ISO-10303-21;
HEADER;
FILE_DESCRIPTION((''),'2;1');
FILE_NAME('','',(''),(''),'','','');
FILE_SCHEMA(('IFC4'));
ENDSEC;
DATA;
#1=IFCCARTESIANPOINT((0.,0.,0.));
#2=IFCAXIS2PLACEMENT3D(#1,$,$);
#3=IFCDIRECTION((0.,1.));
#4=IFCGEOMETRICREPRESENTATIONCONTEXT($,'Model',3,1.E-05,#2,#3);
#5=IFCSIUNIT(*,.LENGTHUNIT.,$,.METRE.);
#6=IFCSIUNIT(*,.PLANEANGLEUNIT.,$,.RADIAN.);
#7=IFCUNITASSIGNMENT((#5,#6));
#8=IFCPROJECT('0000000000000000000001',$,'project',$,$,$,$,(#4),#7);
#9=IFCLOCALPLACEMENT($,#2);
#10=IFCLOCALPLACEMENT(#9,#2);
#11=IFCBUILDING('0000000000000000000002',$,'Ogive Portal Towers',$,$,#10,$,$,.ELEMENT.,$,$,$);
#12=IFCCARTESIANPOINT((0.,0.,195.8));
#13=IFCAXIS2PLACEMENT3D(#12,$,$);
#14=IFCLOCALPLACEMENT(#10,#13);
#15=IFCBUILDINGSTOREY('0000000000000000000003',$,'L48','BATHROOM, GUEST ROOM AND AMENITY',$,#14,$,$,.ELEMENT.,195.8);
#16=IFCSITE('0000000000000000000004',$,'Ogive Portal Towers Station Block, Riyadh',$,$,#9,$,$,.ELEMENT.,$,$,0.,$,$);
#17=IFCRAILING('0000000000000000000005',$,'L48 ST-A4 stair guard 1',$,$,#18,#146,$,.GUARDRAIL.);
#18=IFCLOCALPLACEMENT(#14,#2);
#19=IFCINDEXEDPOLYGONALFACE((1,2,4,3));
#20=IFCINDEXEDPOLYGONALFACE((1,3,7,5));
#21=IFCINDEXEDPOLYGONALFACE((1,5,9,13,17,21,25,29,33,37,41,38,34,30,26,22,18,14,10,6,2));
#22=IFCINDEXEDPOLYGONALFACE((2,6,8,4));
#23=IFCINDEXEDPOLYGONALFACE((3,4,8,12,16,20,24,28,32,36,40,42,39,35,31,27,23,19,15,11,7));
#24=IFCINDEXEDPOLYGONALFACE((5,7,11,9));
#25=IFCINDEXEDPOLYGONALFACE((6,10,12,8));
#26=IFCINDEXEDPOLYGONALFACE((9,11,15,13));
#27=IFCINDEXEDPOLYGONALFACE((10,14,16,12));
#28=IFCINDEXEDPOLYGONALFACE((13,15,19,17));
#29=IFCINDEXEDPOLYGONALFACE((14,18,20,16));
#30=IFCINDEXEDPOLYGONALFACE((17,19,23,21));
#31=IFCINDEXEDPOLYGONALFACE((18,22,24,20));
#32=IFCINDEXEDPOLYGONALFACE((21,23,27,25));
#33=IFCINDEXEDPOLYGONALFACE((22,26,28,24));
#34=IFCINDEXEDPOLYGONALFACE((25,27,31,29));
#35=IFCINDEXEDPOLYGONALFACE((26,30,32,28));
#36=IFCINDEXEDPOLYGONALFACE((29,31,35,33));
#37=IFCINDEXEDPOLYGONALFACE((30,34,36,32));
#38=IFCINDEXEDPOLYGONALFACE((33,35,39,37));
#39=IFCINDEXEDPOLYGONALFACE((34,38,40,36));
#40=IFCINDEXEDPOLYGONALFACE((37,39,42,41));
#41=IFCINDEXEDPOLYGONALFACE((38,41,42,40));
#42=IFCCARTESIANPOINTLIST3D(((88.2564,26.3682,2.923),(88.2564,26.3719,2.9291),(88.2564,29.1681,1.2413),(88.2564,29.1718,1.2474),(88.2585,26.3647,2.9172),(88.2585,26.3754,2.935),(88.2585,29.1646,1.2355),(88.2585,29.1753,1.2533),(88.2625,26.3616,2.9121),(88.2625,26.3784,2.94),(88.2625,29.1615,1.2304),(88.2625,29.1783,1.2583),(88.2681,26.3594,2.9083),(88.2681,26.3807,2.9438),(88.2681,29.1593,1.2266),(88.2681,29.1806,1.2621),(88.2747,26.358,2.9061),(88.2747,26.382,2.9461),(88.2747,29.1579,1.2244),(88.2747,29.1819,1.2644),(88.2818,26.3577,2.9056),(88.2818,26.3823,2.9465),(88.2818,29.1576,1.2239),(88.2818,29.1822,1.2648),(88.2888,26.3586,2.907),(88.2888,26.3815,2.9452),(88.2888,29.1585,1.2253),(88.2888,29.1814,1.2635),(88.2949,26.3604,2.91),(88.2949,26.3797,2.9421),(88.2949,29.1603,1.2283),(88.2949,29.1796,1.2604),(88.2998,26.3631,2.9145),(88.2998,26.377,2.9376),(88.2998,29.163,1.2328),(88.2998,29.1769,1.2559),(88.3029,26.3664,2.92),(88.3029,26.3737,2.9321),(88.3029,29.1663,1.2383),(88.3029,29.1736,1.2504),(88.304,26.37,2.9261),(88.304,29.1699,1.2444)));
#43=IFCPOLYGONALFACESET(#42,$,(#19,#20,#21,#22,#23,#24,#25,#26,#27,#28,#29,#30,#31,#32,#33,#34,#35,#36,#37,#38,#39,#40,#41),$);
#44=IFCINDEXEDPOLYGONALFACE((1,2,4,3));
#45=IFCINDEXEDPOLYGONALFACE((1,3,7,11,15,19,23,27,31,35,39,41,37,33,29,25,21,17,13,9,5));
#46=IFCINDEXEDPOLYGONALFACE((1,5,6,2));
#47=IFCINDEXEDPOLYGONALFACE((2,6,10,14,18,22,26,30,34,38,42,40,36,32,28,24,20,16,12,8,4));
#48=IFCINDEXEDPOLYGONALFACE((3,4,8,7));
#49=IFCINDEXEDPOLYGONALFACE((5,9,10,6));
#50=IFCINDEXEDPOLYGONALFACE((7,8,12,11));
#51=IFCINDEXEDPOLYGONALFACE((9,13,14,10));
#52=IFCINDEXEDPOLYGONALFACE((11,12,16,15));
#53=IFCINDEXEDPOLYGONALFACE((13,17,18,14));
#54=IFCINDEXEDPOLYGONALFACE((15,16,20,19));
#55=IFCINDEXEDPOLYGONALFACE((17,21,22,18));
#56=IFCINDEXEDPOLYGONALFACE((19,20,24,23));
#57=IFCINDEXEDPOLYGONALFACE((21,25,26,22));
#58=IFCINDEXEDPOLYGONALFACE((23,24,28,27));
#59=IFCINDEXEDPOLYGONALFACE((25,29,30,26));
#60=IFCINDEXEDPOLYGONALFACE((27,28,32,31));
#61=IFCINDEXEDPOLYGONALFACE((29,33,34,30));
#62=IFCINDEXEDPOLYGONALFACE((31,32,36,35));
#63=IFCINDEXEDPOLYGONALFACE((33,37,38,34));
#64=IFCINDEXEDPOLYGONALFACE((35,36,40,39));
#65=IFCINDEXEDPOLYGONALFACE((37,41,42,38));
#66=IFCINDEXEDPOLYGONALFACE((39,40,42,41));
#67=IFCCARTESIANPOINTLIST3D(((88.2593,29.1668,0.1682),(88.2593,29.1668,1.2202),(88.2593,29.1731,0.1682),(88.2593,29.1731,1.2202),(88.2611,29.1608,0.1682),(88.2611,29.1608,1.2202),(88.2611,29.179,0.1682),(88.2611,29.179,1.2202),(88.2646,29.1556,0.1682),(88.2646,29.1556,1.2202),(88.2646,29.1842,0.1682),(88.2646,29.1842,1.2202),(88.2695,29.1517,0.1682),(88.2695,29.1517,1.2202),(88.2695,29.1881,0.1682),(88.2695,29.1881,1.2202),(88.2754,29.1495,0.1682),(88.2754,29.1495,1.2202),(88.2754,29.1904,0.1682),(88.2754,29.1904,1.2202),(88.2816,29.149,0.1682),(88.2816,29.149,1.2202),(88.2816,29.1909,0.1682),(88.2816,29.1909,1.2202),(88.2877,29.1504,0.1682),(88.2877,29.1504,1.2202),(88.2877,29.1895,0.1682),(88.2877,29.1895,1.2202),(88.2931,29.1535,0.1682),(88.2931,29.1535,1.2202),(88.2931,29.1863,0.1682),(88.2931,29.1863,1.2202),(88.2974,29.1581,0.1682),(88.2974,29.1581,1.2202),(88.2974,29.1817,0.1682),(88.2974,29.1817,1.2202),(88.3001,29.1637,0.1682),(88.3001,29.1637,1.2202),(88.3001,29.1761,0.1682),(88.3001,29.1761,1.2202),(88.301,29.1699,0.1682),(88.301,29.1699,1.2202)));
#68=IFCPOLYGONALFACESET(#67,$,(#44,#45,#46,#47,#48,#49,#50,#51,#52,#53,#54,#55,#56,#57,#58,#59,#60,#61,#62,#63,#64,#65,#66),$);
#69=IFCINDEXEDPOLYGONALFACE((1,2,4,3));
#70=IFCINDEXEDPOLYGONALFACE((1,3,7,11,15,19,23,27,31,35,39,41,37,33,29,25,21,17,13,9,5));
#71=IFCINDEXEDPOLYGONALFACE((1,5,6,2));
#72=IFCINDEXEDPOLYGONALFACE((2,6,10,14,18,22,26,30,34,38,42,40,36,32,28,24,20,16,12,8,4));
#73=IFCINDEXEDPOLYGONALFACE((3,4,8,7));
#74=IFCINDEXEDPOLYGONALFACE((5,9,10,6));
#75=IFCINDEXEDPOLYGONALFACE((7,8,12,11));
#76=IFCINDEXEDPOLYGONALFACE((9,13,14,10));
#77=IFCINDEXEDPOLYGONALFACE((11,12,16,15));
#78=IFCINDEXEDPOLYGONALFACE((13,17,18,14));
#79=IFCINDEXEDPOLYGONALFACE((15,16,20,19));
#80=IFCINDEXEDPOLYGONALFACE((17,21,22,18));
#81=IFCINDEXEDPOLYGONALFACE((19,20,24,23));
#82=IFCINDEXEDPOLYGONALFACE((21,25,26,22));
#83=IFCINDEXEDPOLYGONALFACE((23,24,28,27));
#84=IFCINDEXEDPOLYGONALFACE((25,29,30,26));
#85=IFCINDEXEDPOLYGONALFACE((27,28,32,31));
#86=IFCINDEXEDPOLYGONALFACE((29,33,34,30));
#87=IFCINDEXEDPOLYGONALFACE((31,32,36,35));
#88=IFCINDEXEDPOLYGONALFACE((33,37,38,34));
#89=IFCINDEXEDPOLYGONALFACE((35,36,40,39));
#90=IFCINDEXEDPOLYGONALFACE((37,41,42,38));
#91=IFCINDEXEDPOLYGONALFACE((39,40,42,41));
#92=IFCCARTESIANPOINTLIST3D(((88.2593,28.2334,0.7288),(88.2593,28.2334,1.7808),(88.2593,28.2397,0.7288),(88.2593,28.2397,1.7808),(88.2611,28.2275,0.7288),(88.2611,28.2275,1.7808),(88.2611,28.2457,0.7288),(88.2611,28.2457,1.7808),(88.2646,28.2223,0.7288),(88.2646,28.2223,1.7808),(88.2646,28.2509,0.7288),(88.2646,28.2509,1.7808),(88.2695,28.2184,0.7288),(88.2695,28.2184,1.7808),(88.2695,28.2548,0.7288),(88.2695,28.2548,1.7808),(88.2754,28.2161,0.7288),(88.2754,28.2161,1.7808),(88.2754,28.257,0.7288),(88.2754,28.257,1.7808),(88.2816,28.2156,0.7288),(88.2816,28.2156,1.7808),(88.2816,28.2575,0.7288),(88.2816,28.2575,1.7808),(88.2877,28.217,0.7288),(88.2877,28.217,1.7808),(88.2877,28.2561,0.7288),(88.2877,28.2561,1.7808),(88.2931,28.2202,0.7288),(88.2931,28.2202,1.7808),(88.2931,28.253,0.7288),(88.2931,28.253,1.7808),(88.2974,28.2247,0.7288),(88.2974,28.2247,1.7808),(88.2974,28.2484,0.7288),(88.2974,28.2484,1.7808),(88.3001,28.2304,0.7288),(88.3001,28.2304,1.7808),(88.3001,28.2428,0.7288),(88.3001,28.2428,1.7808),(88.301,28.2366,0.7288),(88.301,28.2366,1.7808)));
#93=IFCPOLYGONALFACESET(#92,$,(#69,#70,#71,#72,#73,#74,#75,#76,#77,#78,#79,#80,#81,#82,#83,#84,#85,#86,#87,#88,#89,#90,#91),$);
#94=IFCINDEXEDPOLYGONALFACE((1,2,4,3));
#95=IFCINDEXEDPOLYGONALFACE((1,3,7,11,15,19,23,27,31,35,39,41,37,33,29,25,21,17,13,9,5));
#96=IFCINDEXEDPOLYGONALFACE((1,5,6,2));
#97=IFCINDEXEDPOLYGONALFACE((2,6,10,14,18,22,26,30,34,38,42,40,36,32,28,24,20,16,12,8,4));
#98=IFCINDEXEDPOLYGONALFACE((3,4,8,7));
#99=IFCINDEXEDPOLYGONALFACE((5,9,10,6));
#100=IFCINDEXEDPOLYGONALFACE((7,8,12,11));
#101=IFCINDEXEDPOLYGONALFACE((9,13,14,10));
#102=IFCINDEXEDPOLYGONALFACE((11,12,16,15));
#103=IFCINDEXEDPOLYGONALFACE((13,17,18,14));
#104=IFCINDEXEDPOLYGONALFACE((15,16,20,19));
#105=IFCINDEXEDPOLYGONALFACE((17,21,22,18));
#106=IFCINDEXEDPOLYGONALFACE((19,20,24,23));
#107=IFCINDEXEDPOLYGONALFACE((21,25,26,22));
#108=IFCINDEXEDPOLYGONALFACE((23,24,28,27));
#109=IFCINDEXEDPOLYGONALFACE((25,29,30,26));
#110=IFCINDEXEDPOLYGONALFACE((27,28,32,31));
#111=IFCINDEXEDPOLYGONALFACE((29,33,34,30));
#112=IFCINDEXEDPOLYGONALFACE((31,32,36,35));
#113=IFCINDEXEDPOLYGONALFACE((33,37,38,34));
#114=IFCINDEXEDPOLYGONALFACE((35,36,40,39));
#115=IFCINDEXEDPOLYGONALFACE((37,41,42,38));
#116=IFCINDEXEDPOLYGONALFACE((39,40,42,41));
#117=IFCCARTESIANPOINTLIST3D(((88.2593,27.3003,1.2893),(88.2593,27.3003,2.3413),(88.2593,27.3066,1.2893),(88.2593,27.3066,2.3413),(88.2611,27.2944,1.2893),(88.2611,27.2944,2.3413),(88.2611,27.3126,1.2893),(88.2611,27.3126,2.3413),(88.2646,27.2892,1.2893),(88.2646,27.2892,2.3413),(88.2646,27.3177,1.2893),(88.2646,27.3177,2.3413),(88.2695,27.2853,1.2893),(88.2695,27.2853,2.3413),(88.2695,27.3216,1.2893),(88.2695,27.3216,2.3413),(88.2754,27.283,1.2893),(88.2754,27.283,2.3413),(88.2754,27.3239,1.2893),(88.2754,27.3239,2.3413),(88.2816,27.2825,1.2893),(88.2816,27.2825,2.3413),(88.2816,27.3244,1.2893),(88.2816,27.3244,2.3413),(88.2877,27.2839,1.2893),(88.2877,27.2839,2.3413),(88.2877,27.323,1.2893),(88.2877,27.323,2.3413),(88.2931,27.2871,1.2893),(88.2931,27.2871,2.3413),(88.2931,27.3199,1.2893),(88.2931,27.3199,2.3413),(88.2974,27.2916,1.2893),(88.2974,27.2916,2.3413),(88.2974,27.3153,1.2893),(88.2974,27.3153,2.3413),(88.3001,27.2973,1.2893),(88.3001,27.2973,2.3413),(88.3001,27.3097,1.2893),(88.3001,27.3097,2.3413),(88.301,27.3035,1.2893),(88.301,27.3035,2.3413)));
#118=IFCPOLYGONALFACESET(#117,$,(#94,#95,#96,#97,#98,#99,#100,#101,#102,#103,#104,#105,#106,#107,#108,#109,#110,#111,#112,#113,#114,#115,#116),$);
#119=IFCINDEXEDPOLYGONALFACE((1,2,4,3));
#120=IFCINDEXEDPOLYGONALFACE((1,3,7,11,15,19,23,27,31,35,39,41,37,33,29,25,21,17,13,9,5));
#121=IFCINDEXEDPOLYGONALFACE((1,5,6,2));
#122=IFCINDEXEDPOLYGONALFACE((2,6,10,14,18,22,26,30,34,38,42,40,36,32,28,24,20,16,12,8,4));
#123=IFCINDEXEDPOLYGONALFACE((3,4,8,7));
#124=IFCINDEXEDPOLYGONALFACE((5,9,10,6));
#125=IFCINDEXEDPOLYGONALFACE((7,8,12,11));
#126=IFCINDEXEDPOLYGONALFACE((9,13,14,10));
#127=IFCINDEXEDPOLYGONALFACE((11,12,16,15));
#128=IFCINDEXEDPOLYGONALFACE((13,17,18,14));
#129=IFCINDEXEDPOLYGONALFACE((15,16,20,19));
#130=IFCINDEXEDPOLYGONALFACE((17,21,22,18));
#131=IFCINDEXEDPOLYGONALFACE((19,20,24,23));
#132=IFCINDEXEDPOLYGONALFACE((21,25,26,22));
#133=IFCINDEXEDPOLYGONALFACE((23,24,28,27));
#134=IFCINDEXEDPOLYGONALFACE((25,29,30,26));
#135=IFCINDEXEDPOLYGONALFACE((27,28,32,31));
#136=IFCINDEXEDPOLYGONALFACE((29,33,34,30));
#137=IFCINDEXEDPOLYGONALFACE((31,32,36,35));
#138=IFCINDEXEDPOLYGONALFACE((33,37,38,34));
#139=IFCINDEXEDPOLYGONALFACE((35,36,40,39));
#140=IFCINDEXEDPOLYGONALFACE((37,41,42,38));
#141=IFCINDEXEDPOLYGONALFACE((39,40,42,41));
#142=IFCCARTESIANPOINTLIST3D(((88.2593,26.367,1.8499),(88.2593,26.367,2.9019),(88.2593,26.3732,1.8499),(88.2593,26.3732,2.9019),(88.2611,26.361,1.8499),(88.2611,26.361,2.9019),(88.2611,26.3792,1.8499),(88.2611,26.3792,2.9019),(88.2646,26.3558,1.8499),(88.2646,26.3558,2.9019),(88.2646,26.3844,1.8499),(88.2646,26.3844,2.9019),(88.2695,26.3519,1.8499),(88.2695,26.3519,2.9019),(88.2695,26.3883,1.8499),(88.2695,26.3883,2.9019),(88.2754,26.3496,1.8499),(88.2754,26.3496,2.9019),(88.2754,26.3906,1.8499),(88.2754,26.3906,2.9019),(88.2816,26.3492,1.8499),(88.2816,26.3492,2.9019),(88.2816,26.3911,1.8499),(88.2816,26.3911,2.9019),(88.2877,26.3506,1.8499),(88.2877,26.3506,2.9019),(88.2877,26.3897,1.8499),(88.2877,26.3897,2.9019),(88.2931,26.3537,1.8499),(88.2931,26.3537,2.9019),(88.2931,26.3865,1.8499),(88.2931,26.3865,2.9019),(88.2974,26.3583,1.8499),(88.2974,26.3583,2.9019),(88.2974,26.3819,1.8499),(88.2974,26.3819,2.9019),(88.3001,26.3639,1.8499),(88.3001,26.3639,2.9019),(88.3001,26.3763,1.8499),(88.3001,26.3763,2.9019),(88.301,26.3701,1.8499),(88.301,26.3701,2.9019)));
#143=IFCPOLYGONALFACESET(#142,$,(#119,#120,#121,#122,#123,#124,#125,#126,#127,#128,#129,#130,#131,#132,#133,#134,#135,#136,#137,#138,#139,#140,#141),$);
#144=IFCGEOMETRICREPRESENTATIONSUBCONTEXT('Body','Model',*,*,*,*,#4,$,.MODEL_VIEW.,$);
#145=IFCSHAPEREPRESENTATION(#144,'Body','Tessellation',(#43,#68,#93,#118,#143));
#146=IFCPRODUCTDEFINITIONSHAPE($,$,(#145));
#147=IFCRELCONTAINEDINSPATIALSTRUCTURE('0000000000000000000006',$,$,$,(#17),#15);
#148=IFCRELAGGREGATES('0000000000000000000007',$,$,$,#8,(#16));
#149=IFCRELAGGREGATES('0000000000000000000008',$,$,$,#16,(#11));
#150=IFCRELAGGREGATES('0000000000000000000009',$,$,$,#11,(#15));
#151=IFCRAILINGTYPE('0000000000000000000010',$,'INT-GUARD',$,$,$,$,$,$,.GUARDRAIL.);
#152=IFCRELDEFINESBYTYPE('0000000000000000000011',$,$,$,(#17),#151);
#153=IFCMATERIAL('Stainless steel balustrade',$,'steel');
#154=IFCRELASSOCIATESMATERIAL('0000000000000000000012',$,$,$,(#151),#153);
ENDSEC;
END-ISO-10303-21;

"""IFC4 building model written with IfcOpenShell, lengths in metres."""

from ifc_helpers import new_model, si_unit, direction, frame, origin, origin_2d, place, context, subcontext, project, spatial, circle, extrude, material, type_object, element, save


model = new_model("IFC4")

# Units and contexts
model_context = context("Model", 3, precision=1e-05, world=origin(), true_north=direction((0.0, 1.0)))
body_context = subcontext(model_context, "Body", "Model", "MODEL_VIEW")
ifc_project = project(units=[si_unit("LENGTHUNIT", "METRE"), si_unit("PLANEANGLEUNIT", "RADIAN")], contexts=[model_context])

# Site, building, storey
site_placement = place(None, origin())
site = spatial("IfcSite", under=ifc_project, at=site_placement, Name="Ogive Portal Towers Station Block, Riyadh", CompositionType="ELEMENT", RefElevation=0.0)
building_placement = place(site_placement, origin())
building = spatial("IfcBuilding", under=site, at=building_placement, Name="Ogive Portal Towers", CompositionType="ELEMENT")
storey_placement = place(building_placement, frame((0.0, 0.0, 195.8)))
storey = spatial("IfcBuildingStorey", under=building, at=storey_placement, Name="L48", Description="BATHROOM, GUEST ROOM AND AMENITY", CompositionType="ELEMENT", Elevation=195.8)

# Railing
ifc_material_1 = material(Name="Stainless steel balustrade", Category="steel")
railing_type_1 = type_object("IfcRailingType", Name="INT-GUARD", PredefinedType="GUARDRAIL", material=ifc_material_1)
railing_1_placement = place(storey_placement, frame((88.28, 29.1699, 0.1682)))
element("IfcRailing", 1, at=railing_1_placement, inside=storey, type_object=railing_type_1, Name="L48 ST-A4 stair guard 1", PredefinedType="GUARDRAIL", context=body_context, shape_type="SweptSolid", body=[
    extrude(circle(Radius=0.0239, at=origin_2d()), frame((0.0, 0.0, 1.0762), z_axis=(0.0, -0.857255, 0.514891), x_axis=(1.0, 0.0, 0.0)), (0.0, 0.0, 1.0), 3.2661),
    extrude(circle(Radius=0.021, at=origin_2d()), origin(), (0.0, 0.0, 1.0), 1.052),
    extrude(circle(Radius=0.021, at=origin_2d()), frame((0.0, -0.9333, 0.5605)), (0.0, 0.0, 1.0), 1.052),
    extrude(circle(Radius=0.021, at=origin_2d()), frame((0.0, -1.8665, 1.1211)), (0.0, 0.0, 1.0), 1.052),
    extrude(circle(Radius=0.021, at=origin_2d()), frame((0.0, -2.7998, 1.6816)), (0.0, 0.0, 1.0), 1.052),
])

save(model, "model.ifc")
